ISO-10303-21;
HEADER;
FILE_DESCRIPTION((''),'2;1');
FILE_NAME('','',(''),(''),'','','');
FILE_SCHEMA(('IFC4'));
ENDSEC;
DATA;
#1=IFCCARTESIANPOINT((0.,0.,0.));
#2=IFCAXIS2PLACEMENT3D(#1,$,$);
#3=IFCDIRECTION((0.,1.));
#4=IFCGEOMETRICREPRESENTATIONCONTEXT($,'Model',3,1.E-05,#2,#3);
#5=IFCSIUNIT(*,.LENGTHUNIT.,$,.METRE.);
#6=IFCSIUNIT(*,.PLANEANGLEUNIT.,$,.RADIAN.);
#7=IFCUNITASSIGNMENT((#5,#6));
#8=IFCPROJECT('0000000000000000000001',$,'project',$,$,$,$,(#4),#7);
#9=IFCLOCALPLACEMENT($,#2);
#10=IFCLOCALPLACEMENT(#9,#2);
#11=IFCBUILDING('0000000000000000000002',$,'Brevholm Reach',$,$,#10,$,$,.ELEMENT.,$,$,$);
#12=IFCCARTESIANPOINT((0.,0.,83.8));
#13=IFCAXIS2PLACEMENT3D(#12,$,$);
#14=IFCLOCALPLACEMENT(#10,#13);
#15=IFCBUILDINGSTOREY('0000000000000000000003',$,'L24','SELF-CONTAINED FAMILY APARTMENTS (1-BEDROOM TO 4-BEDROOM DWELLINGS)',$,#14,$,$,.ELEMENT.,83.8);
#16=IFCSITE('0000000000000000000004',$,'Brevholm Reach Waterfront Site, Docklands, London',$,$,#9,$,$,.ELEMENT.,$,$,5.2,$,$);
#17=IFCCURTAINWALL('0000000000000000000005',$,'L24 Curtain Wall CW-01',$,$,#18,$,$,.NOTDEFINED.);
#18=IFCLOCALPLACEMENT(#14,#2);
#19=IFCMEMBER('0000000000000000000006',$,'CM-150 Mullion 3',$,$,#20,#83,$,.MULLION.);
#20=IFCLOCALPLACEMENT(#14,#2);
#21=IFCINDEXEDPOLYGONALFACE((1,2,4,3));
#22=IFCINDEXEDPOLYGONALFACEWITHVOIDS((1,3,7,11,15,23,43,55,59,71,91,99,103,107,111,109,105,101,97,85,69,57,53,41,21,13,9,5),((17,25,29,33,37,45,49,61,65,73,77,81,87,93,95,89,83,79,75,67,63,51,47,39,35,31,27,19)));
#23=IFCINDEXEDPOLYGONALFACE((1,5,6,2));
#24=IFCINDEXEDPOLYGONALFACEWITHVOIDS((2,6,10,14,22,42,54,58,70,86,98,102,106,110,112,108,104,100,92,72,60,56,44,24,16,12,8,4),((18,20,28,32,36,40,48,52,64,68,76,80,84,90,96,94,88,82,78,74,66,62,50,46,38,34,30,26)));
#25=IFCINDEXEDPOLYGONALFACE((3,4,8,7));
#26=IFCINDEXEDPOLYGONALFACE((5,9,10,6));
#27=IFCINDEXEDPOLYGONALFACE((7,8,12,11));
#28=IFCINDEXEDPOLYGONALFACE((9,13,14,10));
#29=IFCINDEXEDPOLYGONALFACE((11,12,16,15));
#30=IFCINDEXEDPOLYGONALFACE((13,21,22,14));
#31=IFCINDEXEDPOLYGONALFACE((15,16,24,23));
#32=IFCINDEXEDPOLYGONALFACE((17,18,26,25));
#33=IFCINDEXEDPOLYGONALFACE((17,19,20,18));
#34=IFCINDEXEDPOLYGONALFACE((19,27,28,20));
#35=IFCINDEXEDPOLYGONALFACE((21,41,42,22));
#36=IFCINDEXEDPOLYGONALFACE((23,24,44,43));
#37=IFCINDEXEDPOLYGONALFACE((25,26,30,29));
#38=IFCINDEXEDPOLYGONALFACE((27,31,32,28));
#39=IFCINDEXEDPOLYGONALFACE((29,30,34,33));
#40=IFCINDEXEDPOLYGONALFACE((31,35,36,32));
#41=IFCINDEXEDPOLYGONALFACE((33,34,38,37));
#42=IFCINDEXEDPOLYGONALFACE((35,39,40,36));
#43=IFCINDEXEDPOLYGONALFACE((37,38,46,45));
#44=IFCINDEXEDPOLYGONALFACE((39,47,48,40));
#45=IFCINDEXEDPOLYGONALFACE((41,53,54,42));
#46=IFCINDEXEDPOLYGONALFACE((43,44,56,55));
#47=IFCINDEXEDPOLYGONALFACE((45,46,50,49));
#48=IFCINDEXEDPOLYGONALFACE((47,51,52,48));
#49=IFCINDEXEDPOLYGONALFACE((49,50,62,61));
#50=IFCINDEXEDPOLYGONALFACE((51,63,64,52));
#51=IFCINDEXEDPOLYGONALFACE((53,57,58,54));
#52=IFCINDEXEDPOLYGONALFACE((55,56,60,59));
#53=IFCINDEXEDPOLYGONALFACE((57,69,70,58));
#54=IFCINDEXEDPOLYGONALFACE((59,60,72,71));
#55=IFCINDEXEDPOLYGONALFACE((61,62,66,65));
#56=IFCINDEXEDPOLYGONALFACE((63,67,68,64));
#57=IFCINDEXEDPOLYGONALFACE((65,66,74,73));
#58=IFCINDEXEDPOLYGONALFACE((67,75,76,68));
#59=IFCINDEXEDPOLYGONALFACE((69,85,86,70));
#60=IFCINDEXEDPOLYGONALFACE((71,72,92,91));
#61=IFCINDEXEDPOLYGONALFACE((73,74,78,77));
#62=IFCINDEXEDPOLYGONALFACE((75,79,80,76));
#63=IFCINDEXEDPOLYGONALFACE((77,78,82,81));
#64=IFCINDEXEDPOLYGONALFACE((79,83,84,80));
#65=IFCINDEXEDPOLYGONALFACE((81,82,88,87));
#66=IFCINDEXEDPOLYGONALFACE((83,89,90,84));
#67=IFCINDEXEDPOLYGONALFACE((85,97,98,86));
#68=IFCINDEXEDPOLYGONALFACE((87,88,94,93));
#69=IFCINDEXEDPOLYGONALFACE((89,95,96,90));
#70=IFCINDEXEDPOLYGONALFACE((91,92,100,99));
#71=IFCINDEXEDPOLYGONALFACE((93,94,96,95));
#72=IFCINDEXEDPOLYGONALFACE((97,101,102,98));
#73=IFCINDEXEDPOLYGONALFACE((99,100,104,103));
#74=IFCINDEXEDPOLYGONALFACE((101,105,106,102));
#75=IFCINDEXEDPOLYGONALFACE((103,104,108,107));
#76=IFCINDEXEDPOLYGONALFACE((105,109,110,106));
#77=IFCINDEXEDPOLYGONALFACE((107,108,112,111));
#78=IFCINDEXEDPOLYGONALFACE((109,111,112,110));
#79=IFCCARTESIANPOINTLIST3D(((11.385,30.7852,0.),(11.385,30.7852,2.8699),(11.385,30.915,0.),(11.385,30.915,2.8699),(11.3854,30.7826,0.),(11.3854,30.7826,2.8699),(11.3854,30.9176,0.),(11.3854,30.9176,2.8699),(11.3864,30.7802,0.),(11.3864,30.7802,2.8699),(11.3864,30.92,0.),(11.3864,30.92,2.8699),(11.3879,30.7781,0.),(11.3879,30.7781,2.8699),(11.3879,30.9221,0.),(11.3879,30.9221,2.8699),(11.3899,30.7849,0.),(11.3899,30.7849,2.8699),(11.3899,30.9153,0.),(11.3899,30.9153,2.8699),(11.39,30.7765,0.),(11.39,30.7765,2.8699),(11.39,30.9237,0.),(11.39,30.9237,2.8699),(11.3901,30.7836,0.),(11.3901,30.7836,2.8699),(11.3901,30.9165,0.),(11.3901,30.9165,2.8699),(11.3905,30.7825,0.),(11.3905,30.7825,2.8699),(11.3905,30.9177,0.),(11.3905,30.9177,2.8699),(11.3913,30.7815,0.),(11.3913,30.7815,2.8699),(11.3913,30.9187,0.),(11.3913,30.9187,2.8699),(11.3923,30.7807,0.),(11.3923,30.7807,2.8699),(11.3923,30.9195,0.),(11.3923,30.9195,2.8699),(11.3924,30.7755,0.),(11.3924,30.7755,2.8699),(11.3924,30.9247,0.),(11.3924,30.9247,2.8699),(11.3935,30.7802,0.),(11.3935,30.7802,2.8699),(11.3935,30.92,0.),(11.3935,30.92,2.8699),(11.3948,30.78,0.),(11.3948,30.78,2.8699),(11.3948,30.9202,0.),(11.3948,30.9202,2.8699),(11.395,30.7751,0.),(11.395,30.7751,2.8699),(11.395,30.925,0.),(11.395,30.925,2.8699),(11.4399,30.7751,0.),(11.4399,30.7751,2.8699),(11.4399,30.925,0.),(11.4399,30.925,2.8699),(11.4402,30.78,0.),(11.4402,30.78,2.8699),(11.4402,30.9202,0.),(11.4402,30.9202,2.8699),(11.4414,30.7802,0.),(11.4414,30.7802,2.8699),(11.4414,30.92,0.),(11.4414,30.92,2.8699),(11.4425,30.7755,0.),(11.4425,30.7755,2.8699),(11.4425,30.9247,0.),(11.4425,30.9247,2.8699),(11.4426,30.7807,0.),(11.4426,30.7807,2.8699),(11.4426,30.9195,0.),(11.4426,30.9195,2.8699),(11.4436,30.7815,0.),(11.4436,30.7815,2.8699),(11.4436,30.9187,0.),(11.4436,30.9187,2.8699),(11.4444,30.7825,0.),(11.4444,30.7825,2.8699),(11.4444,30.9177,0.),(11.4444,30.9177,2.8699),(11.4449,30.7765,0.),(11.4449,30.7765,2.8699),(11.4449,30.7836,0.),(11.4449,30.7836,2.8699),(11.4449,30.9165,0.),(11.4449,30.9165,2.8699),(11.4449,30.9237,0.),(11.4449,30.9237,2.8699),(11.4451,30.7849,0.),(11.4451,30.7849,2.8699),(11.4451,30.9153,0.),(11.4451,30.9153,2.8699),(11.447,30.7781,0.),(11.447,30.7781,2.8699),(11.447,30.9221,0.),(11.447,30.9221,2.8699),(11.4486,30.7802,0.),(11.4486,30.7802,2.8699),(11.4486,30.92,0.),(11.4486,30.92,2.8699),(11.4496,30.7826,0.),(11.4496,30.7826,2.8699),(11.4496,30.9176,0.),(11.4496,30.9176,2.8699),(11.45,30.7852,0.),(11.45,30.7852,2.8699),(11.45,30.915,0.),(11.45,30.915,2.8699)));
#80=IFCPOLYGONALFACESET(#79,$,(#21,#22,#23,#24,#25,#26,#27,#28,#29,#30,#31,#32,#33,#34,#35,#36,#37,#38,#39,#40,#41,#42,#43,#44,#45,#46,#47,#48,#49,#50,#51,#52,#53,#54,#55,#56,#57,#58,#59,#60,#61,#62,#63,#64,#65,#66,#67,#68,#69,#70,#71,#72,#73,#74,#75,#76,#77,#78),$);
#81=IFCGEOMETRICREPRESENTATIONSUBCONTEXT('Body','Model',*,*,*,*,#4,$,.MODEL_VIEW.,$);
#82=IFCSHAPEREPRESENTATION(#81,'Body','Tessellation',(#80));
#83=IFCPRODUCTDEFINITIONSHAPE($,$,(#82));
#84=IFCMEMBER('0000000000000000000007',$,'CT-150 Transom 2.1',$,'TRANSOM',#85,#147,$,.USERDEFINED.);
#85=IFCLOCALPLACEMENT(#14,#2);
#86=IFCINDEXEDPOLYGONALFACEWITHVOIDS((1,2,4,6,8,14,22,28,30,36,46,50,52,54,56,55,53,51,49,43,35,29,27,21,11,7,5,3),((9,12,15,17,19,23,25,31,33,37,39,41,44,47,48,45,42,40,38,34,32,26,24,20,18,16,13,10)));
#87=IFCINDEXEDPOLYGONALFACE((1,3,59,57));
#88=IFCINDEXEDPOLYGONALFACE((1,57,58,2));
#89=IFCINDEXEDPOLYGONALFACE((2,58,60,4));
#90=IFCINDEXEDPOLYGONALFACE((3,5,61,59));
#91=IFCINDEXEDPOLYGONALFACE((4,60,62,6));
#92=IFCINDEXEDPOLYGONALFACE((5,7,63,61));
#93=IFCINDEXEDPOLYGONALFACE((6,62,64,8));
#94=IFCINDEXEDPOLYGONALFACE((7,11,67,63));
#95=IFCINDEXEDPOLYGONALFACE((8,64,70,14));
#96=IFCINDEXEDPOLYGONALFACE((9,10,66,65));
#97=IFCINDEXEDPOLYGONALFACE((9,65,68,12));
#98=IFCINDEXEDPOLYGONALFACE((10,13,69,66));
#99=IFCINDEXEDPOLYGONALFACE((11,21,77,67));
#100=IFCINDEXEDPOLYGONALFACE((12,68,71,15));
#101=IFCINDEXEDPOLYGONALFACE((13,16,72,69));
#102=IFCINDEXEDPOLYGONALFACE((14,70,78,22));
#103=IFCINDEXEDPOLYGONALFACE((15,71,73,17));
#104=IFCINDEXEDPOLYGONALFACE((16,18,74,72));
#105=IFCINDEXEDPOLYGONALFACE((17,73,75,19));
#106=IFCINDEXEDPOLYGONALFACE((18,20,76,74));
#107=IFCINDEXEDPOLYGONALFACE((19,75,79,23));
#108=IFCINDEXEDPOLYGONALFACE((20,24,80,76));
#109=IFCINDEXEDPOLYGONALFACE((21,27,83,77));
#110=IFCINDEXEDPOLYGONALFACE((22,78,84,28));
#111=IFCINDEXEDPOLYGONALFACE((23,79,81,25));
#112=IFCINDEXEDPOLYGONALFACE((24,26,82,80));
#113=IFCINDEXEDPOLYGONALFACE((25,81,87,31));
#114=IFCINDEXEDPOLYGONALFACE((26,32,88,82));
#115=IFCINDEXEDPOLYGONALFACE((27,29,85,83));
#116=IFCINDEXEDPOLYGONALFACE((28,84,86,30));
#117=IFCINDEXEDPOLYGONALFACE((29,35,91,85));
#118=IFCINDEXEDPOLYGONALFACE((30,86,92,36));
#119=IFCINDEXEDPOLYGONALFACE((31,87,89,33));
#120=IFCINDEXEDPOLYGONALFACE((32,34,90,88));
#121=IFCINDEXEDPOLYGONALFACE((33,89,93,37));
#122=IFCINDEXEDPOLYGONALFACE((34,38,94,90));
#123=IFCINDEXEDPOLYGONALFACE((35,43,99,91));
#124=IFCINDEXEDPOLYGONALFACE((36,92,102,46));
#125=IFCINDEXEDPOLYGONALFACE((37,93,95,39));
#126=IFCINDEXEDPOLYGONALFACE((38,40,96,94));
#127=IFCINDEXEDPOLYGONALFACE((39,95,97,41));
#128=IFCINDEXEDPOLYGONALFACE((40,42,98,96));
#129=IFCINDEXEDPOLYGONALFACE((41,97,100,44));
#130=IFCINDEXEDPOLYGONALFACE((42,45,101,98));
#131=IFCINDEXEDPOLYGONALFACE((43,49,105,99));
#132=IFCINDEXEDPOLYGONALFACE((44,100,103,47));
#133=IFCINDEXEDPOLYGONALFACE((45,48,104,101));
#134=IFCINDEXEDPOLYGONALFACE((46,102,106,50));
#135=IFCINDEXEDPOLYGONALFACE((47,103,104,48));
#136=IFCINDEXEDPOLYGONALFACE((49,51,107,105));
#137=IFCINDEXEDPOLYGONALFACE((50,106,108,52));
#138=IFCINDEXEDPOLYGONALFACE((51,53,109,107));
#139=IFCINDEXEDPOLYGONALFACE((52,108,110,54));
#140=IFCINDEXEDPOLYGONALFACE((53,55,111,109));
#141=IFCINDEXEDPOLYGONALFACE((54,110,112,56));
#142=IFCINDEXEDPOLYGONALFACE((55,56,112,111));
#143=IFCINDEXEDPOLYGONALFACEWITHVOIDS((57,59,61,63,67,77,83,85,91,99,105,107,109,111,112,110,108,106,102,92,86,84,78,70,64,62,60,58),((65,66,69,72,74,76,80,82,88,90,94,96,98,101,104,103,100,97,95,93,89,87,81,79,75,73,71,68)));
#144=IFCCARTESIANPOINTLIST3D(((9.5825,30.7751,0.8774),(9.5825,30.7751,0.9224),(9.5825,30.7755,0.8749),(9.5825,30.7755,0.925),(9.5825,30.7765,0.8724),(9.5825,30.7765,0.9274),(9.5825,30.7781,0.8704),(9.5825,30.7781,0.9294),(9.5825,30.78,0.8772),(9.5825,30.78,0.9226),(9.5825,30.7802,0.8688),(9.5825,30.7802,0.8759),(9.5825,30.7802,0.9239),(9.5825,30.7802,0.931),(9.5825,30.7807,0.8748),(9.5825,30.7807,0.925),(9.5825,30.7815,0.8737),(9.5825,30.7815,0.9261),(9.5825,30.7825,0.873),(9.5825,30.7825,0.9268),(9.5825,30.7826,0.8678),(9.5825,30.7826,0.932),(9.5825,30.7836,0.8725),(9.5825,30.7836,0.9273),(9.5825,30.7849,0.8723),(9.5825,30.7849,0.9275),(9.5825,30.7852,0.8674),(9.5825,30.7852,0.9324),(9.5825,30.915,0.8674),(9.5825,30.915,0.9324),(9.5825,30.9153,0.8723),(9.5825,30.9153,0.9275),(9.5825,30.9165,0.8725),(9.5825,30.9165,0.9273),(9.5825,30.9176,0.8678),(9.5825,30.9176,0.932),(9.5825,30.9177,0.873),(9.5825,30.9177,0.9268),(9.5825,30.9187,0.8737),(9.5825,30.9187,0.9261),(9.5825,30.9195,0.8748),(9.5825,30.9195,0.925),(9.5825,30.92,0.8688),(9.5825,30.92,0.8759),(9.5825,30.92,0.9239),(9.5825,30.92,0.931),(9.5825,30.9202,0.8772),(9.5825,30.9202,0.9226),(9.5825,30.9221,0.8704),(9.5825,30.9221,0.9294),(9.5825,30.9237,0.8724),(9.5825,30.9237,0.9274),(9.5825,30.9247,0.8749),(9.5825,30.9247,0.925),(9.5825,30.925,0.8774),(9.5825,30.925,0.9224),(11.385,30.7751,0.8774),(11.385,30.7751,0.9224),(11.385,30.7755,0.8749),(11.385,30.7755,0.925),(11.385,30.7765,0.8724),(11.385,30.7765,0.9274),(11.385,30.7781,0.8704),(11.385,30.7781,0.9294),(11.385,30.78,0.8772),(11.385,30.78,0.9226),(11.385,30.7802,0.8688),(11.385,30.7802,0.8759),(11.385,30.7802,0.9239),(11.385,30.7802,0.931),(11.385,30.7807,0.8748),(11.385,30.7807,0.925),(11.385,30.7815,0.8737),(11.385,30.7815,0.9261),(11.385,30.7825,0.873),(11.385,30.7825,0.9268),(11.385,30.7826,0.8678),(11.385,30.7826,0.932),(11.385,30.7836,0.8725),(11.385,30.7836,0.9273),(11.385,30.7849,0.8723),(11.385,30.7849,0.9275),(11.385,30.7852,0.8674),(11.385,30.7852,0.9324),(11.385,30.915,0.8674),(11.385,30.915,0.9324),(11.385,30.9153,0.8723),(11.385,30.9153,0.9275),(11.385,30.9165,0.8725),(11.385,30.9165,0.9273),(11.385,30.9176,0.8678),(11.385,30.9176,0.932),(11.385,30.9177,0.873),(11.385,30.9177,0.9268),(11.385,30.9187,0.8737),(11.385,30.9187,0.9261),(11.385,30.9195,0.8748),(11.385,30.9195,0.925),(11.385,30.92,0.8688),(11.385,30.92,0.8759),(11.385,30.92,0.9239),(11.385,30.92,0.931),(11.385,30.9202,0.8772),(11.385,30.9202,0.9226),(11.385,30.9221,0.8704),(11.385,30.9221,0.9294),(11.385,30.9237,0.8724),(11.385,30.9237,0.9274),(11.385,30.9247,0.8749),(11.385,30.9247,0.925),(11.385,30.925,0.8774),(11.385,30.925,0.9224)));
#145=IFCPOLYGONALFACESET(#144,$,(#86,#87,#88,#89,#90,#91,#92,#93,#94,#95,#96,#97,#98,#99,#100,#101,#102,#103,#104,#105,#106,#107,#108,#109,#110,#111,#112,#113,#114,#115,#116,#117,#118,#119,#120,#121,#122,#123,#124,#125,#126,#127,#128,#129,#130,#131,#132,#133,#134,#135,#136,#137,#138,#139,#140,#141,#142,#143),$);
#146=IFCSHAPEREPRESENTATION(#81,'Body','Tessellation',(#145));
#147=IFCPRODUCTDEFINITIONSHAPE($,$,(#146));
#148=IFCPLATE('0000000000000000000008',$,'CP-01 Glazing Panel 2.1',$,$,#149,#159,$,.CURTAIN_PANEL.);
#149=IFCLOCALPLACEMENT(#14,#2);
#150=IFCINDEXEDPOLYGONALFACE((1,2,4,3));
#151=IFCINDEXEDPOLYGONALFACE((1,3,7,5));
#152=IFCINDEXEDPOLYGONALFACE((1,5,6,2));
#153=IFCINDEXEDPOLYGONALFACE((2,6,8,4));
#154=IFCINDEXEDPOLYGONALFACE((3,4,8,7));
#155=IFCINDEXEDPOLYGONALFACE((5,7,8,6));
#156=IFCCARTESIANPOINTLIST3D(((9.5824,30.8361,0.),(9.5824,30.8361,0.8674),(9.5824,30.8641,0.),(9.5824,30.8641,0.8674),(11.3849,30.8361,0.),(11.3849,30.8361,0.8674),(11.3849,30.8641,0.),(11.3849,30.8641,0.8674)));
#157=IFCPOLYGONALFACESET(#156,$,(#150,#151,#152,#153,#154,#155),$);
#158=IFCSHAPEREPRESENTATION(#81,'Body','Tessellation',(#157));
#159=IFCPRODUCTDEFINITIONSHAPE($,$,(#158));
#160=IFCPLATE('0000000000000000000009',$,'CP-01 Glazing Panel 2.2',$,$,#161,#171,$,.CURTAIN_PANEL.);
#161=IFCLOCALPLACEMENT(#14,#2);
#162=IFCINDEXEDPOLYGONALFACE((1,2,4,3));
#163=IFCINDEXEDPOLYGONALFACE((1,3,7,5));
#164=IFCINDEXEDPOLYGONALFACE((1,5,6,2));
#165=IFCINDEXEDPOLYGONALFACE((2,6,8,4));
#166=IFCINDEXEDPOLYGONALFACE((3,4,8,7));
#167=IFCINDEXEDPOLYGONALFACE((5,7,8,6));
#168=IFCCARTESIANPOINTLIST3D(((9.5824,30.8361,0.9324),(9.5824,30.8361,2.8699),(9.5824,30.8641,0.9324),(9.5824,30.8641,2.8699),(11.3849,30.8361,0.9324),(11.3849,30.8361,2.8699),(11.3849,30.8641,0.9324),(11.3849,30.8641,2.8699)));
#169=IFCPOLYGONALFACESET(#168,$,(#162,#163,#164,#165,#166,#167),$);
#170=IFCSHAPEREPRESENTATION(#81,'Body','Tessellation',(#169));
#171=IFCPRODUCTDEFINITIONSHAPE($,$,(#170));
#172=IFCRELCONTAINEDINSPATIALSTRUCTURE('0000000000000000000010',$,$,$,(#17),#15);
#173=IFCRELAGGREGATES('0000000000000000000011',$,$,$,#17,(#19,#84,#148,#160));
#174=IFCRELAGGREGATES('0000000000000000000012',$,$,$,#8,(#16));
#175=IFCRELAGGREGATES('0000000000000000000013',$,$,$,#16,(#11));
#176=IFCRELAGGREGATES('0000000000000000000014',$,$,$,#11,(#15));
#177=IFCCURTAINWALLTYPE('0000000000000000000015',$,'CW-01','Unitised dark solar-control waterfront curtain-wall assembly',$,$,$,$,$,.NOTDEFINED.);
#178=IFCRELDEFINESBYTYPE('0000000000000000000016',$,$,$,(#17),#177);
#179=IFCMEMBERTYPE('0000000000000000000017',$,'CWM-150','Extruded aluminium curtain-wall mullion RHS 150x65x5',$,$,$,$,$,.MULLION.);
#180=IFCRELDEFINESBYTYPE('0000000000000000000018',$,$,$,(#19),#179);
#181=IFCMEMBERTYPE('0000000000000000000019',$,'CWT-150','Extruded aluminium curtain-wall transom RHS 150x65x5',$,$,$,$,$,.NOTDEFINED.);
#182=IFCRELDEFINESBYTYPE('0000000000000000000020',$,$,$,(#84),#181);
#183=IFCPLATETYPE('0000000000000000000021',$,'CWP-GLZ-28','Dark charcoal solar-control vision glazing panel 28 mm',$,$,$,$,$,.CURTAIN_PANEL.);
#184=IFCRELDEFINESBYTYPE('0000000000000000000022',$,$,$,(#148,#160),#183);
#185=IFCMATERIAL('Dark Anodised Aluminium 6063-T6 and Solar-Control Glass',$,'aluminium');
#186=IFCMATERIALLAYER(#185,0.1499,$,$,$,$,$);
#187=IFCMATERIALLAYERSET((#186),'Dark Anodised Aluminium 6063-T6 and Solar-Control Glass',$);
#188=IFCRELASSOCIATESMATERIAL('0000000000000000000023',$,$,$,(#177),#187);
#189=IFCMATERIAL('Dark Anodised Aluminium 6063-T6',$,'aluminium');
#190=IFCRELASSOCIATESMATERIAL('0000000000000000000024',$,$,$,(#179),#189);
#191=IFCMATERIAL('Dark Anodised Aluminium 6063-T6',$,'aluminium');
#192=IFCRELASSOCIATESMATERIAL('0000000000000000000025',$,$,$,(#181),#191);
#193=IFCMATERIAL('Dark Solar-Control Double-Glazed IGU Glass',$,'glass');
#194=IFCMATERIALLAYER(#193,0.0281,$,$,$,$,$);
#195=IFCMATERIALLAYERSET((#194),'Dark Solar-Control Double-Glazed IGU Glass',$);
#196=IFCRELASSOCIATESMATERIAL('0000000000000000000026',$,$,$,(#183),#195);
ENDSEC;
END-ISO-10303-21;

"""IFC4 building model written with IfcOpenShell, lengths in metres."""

from ifc_helpers import new_model, si_unit, direction, frame, origin, origin_2d, place, context, subcontext, project, spatial, rectangle, hollow_rectangle, extrude, material, layer, layer_set, material_profile, profile_set, type_object, element, aggregate, save


model = new_model("IFC4")

# Units and contexts
model_context = context("Model", 3, precision=1e-05, world=origin(), true_north=direction((0.0, 1.0)))
body_context = subcontext(model_context, "Body", "Model", "MODEL_VIEW")
ifc_project = project(units=[si_unit("LENGTHUNIT", "METRE"), si_unit("PLANEANGLEUNIT", "RADIAN")], contexts=[model_context])

# Site, building, storey
site_placement = place(None, origin())
site = spatial("IfcSite", under=ifc_project, at=site_placement, Name="Brevholm Reach Waterfront Site, Docklands, London", CompositionType="ELEMENT", RefElevation=5.2)
building_placement = place(site_placement, origin())
building = spatial("IfcBuilding", under=site, at=building_placement, Name="Brevholm Reach", CompositionType="ELEMENT")
storey_placement = place(building_placement, frame((0.0, 0.0, 83.8)))
storey = spatial("IfcBuildingStorey", under=building, at=storey_placement, Name="L24", Description="SELF-CONTAINED FAMILY APARTMENTS (1-BEDROOM TO 4-BEDROOM DWELLINGS)", CompositionType="ELEMENT", Elevation=83.8)

# Curtain wall, members, plates
ifc_material_1 = material(Name="Dark Anodised Aluminium 6063-T6 and Solar-Control Glass", Category="aluminium")
ifc_layer_1 = layer(ifc_material_1, 0.1499)
ifc_layer_set_1 = layer_set([ifc_layer_1], Name="Dark Anodised Aluminium 6063-T6 and Solar-Control Glass")
curtain_wall_type = type_object("IfcCurtainWallType", Name="CW-01", Description="Unitised dark solar-control waterfront curtain-wall assembly", PredefinedType="NOTDEFINED", material=ifc_layer_set_1)
curtain_wall_placement = place(storey_placement, origin())
curtain_wall = element("IfcCurtainWall", 1, at=curtain_wall_placement, inside=storey, type_object=curtain_wall_type, Name="L24 Curtain Wall CW-01", PredefinedType="NOTDEFINED")
ifc_material_2 = material(Name="Dark Anodised Aluminium 6063-T6", Category="aluminium")
ifc_material_profile_1 = material_profile(ifc_material_2, hollow_rectangle(XDim=0.0649, YDim=0.1499, WallThickness=0.0049, InnerFilletRadius=0.0049, OuterFilletRadius=0.01, at=origin_2d()), Name="RHS 150x65x5")
ifc_profile_set_1 = profile_set([ifc_material_profile_1], Name="Dark Anodised Aluminium 6063-T6")
member_type_1 = type_object("IfcMemberType", Name="CWM-150", Description="Extruded aluminium curtain-wall mullion RHS 150x65x5", PredefinedType="MULLION", material=ifc_profile_set_1)
member_1_placement = place(storey_placement, frame((11.4175, 30.8501, 0.0), z_axis=(0.0, 0.0, 1.0), x_axis=(1.0, 0.0, 0.0)))
member_1 = element("IfcMember", 2, at=member_1_placement, type_object=member_type_1, Name="CM-150 Mullion 3", PredefinedType="MULLION", context=body_context, shape_type="SweptSolid", body=[
    extrude(hollow_rectangle(XDim=0.0649, YDim=0.1499, WallThickness=0.0049, InnerFilletRadius=0.0049, OuterFilletRadius=0.01, at=origin_2d()), origin(), (0.0, 0.0, 1.0), 2.8699),
])
ifc_material_3 = material(Name="Dark Anodised Aluminium 6063-T6", Category="aluminium")
ifc_material_profile_2 = material_profile(ifc_material_3, hollow_rectangle(XDim=0.0649, YDim=0.1499, WallThickness=0.0049, InnerFilletRadius=0.0049, OuterFilletRadius=0.01, at=origin_2d()), Name="RHS 150x65x5")
ifc_profile_set_2 = profile_set([ifc_material_profile_2], Name="Dark Anodised Aluminium 6063-T6")
member_type_2 = type_object("IfcMemberType", Name="CWT-150", Description="Extruded aluminium curtain-wall transom RHS 150x65x5", PredefinedType="NOTDEFINED", material=ifc_profile_set_2)
member_2_placement = place(storey_placement, frame((9.5825, 30.8501, 0.8999), z_axis=(1.0, 0.0, 0.0), x_axis=(0.0, 0.0, 1.0)))
member_2 = element("IfcMember", 3, at=member_2_placement, type_object=member_type_2, Name="CT-150 Transom 2.1", ObjectType="TRANSOM", PredefinedType="USERDEFINED", context=body_context, shape_type="SweptSolid", body=[
    extrude(hollow_rectangle(XDim=0.0649, YDim=0.1499, WallThickness=0.0049, InnerFilletRadius=0.0049, OuterFilletRadius=0.01, at=origin_2d()), origin(), (0.0, 0.0, 1.0), 1.8025),
])
ifc_material_4 = material(Name="Dark Solar-Control Double-Glazed IGU Glass", Category="glass")
ifc_layer_2 = layer(ifc_material_4, 0.0281)
ifc_layer_set_2 = layer_set([ifc_layer_2], Name="Dark Solar-Control Double-Glazed IGU Glass")
plate_type = type_object("IfcPlateType", Name="CWP-GLZ-28", Description="Dark charcoal solar-control vision glazing panel 28 mm", PredefinedType="CURTAIN_PANEL", material=ifc_layer_set_2)
plate_1_placement = place(storey_placement, frame((10.4836, 30.8501, 0.0), z_axis=(0.0, 0.0, 1.0), x_axis=(1.0, 0.0, 0.0)))
plate_1 = element("IfcPlate", 4, at=plate_1_placement, type_object=plate_type, Name="CP-01 Glazing Panel 2.1", PredefinedType="CURTAIN_PANEL", context=body_context, shape_type="SweptSolid", body=[
    extrude(rectangle(XDim=1.8025, YDim=0.0281, at=origin_2d()), origin(), (0.0, 0.0, 1.0), 0.8674),
])
plate_2_placement = place(storey_placement, frame((10.4836, 30.8501, 0.9324), z_axis=(0.0, 0.0, 1.0), x_axis=(1.0, 0.0, 0.0)))
plate_2 = element("IfcPlate", 5, at=plate_2_placement, type_object=plate_type, Name="CP-01 Glazing Panel 2.2", PredefinedType="CURTAIN_PANEL", context=body_context, shape_type="SweptSolid", body=[
    extrude(rectangle(XDim=1.8025, YDim=0.0281, at=origin_2d()), origin(), (0.0, 0.0, 1.0), 1.9375),
])
aggregate(curtain_wall, [member_1, member_2, plate_1, plate_2])

save(model, "model.ifc")
